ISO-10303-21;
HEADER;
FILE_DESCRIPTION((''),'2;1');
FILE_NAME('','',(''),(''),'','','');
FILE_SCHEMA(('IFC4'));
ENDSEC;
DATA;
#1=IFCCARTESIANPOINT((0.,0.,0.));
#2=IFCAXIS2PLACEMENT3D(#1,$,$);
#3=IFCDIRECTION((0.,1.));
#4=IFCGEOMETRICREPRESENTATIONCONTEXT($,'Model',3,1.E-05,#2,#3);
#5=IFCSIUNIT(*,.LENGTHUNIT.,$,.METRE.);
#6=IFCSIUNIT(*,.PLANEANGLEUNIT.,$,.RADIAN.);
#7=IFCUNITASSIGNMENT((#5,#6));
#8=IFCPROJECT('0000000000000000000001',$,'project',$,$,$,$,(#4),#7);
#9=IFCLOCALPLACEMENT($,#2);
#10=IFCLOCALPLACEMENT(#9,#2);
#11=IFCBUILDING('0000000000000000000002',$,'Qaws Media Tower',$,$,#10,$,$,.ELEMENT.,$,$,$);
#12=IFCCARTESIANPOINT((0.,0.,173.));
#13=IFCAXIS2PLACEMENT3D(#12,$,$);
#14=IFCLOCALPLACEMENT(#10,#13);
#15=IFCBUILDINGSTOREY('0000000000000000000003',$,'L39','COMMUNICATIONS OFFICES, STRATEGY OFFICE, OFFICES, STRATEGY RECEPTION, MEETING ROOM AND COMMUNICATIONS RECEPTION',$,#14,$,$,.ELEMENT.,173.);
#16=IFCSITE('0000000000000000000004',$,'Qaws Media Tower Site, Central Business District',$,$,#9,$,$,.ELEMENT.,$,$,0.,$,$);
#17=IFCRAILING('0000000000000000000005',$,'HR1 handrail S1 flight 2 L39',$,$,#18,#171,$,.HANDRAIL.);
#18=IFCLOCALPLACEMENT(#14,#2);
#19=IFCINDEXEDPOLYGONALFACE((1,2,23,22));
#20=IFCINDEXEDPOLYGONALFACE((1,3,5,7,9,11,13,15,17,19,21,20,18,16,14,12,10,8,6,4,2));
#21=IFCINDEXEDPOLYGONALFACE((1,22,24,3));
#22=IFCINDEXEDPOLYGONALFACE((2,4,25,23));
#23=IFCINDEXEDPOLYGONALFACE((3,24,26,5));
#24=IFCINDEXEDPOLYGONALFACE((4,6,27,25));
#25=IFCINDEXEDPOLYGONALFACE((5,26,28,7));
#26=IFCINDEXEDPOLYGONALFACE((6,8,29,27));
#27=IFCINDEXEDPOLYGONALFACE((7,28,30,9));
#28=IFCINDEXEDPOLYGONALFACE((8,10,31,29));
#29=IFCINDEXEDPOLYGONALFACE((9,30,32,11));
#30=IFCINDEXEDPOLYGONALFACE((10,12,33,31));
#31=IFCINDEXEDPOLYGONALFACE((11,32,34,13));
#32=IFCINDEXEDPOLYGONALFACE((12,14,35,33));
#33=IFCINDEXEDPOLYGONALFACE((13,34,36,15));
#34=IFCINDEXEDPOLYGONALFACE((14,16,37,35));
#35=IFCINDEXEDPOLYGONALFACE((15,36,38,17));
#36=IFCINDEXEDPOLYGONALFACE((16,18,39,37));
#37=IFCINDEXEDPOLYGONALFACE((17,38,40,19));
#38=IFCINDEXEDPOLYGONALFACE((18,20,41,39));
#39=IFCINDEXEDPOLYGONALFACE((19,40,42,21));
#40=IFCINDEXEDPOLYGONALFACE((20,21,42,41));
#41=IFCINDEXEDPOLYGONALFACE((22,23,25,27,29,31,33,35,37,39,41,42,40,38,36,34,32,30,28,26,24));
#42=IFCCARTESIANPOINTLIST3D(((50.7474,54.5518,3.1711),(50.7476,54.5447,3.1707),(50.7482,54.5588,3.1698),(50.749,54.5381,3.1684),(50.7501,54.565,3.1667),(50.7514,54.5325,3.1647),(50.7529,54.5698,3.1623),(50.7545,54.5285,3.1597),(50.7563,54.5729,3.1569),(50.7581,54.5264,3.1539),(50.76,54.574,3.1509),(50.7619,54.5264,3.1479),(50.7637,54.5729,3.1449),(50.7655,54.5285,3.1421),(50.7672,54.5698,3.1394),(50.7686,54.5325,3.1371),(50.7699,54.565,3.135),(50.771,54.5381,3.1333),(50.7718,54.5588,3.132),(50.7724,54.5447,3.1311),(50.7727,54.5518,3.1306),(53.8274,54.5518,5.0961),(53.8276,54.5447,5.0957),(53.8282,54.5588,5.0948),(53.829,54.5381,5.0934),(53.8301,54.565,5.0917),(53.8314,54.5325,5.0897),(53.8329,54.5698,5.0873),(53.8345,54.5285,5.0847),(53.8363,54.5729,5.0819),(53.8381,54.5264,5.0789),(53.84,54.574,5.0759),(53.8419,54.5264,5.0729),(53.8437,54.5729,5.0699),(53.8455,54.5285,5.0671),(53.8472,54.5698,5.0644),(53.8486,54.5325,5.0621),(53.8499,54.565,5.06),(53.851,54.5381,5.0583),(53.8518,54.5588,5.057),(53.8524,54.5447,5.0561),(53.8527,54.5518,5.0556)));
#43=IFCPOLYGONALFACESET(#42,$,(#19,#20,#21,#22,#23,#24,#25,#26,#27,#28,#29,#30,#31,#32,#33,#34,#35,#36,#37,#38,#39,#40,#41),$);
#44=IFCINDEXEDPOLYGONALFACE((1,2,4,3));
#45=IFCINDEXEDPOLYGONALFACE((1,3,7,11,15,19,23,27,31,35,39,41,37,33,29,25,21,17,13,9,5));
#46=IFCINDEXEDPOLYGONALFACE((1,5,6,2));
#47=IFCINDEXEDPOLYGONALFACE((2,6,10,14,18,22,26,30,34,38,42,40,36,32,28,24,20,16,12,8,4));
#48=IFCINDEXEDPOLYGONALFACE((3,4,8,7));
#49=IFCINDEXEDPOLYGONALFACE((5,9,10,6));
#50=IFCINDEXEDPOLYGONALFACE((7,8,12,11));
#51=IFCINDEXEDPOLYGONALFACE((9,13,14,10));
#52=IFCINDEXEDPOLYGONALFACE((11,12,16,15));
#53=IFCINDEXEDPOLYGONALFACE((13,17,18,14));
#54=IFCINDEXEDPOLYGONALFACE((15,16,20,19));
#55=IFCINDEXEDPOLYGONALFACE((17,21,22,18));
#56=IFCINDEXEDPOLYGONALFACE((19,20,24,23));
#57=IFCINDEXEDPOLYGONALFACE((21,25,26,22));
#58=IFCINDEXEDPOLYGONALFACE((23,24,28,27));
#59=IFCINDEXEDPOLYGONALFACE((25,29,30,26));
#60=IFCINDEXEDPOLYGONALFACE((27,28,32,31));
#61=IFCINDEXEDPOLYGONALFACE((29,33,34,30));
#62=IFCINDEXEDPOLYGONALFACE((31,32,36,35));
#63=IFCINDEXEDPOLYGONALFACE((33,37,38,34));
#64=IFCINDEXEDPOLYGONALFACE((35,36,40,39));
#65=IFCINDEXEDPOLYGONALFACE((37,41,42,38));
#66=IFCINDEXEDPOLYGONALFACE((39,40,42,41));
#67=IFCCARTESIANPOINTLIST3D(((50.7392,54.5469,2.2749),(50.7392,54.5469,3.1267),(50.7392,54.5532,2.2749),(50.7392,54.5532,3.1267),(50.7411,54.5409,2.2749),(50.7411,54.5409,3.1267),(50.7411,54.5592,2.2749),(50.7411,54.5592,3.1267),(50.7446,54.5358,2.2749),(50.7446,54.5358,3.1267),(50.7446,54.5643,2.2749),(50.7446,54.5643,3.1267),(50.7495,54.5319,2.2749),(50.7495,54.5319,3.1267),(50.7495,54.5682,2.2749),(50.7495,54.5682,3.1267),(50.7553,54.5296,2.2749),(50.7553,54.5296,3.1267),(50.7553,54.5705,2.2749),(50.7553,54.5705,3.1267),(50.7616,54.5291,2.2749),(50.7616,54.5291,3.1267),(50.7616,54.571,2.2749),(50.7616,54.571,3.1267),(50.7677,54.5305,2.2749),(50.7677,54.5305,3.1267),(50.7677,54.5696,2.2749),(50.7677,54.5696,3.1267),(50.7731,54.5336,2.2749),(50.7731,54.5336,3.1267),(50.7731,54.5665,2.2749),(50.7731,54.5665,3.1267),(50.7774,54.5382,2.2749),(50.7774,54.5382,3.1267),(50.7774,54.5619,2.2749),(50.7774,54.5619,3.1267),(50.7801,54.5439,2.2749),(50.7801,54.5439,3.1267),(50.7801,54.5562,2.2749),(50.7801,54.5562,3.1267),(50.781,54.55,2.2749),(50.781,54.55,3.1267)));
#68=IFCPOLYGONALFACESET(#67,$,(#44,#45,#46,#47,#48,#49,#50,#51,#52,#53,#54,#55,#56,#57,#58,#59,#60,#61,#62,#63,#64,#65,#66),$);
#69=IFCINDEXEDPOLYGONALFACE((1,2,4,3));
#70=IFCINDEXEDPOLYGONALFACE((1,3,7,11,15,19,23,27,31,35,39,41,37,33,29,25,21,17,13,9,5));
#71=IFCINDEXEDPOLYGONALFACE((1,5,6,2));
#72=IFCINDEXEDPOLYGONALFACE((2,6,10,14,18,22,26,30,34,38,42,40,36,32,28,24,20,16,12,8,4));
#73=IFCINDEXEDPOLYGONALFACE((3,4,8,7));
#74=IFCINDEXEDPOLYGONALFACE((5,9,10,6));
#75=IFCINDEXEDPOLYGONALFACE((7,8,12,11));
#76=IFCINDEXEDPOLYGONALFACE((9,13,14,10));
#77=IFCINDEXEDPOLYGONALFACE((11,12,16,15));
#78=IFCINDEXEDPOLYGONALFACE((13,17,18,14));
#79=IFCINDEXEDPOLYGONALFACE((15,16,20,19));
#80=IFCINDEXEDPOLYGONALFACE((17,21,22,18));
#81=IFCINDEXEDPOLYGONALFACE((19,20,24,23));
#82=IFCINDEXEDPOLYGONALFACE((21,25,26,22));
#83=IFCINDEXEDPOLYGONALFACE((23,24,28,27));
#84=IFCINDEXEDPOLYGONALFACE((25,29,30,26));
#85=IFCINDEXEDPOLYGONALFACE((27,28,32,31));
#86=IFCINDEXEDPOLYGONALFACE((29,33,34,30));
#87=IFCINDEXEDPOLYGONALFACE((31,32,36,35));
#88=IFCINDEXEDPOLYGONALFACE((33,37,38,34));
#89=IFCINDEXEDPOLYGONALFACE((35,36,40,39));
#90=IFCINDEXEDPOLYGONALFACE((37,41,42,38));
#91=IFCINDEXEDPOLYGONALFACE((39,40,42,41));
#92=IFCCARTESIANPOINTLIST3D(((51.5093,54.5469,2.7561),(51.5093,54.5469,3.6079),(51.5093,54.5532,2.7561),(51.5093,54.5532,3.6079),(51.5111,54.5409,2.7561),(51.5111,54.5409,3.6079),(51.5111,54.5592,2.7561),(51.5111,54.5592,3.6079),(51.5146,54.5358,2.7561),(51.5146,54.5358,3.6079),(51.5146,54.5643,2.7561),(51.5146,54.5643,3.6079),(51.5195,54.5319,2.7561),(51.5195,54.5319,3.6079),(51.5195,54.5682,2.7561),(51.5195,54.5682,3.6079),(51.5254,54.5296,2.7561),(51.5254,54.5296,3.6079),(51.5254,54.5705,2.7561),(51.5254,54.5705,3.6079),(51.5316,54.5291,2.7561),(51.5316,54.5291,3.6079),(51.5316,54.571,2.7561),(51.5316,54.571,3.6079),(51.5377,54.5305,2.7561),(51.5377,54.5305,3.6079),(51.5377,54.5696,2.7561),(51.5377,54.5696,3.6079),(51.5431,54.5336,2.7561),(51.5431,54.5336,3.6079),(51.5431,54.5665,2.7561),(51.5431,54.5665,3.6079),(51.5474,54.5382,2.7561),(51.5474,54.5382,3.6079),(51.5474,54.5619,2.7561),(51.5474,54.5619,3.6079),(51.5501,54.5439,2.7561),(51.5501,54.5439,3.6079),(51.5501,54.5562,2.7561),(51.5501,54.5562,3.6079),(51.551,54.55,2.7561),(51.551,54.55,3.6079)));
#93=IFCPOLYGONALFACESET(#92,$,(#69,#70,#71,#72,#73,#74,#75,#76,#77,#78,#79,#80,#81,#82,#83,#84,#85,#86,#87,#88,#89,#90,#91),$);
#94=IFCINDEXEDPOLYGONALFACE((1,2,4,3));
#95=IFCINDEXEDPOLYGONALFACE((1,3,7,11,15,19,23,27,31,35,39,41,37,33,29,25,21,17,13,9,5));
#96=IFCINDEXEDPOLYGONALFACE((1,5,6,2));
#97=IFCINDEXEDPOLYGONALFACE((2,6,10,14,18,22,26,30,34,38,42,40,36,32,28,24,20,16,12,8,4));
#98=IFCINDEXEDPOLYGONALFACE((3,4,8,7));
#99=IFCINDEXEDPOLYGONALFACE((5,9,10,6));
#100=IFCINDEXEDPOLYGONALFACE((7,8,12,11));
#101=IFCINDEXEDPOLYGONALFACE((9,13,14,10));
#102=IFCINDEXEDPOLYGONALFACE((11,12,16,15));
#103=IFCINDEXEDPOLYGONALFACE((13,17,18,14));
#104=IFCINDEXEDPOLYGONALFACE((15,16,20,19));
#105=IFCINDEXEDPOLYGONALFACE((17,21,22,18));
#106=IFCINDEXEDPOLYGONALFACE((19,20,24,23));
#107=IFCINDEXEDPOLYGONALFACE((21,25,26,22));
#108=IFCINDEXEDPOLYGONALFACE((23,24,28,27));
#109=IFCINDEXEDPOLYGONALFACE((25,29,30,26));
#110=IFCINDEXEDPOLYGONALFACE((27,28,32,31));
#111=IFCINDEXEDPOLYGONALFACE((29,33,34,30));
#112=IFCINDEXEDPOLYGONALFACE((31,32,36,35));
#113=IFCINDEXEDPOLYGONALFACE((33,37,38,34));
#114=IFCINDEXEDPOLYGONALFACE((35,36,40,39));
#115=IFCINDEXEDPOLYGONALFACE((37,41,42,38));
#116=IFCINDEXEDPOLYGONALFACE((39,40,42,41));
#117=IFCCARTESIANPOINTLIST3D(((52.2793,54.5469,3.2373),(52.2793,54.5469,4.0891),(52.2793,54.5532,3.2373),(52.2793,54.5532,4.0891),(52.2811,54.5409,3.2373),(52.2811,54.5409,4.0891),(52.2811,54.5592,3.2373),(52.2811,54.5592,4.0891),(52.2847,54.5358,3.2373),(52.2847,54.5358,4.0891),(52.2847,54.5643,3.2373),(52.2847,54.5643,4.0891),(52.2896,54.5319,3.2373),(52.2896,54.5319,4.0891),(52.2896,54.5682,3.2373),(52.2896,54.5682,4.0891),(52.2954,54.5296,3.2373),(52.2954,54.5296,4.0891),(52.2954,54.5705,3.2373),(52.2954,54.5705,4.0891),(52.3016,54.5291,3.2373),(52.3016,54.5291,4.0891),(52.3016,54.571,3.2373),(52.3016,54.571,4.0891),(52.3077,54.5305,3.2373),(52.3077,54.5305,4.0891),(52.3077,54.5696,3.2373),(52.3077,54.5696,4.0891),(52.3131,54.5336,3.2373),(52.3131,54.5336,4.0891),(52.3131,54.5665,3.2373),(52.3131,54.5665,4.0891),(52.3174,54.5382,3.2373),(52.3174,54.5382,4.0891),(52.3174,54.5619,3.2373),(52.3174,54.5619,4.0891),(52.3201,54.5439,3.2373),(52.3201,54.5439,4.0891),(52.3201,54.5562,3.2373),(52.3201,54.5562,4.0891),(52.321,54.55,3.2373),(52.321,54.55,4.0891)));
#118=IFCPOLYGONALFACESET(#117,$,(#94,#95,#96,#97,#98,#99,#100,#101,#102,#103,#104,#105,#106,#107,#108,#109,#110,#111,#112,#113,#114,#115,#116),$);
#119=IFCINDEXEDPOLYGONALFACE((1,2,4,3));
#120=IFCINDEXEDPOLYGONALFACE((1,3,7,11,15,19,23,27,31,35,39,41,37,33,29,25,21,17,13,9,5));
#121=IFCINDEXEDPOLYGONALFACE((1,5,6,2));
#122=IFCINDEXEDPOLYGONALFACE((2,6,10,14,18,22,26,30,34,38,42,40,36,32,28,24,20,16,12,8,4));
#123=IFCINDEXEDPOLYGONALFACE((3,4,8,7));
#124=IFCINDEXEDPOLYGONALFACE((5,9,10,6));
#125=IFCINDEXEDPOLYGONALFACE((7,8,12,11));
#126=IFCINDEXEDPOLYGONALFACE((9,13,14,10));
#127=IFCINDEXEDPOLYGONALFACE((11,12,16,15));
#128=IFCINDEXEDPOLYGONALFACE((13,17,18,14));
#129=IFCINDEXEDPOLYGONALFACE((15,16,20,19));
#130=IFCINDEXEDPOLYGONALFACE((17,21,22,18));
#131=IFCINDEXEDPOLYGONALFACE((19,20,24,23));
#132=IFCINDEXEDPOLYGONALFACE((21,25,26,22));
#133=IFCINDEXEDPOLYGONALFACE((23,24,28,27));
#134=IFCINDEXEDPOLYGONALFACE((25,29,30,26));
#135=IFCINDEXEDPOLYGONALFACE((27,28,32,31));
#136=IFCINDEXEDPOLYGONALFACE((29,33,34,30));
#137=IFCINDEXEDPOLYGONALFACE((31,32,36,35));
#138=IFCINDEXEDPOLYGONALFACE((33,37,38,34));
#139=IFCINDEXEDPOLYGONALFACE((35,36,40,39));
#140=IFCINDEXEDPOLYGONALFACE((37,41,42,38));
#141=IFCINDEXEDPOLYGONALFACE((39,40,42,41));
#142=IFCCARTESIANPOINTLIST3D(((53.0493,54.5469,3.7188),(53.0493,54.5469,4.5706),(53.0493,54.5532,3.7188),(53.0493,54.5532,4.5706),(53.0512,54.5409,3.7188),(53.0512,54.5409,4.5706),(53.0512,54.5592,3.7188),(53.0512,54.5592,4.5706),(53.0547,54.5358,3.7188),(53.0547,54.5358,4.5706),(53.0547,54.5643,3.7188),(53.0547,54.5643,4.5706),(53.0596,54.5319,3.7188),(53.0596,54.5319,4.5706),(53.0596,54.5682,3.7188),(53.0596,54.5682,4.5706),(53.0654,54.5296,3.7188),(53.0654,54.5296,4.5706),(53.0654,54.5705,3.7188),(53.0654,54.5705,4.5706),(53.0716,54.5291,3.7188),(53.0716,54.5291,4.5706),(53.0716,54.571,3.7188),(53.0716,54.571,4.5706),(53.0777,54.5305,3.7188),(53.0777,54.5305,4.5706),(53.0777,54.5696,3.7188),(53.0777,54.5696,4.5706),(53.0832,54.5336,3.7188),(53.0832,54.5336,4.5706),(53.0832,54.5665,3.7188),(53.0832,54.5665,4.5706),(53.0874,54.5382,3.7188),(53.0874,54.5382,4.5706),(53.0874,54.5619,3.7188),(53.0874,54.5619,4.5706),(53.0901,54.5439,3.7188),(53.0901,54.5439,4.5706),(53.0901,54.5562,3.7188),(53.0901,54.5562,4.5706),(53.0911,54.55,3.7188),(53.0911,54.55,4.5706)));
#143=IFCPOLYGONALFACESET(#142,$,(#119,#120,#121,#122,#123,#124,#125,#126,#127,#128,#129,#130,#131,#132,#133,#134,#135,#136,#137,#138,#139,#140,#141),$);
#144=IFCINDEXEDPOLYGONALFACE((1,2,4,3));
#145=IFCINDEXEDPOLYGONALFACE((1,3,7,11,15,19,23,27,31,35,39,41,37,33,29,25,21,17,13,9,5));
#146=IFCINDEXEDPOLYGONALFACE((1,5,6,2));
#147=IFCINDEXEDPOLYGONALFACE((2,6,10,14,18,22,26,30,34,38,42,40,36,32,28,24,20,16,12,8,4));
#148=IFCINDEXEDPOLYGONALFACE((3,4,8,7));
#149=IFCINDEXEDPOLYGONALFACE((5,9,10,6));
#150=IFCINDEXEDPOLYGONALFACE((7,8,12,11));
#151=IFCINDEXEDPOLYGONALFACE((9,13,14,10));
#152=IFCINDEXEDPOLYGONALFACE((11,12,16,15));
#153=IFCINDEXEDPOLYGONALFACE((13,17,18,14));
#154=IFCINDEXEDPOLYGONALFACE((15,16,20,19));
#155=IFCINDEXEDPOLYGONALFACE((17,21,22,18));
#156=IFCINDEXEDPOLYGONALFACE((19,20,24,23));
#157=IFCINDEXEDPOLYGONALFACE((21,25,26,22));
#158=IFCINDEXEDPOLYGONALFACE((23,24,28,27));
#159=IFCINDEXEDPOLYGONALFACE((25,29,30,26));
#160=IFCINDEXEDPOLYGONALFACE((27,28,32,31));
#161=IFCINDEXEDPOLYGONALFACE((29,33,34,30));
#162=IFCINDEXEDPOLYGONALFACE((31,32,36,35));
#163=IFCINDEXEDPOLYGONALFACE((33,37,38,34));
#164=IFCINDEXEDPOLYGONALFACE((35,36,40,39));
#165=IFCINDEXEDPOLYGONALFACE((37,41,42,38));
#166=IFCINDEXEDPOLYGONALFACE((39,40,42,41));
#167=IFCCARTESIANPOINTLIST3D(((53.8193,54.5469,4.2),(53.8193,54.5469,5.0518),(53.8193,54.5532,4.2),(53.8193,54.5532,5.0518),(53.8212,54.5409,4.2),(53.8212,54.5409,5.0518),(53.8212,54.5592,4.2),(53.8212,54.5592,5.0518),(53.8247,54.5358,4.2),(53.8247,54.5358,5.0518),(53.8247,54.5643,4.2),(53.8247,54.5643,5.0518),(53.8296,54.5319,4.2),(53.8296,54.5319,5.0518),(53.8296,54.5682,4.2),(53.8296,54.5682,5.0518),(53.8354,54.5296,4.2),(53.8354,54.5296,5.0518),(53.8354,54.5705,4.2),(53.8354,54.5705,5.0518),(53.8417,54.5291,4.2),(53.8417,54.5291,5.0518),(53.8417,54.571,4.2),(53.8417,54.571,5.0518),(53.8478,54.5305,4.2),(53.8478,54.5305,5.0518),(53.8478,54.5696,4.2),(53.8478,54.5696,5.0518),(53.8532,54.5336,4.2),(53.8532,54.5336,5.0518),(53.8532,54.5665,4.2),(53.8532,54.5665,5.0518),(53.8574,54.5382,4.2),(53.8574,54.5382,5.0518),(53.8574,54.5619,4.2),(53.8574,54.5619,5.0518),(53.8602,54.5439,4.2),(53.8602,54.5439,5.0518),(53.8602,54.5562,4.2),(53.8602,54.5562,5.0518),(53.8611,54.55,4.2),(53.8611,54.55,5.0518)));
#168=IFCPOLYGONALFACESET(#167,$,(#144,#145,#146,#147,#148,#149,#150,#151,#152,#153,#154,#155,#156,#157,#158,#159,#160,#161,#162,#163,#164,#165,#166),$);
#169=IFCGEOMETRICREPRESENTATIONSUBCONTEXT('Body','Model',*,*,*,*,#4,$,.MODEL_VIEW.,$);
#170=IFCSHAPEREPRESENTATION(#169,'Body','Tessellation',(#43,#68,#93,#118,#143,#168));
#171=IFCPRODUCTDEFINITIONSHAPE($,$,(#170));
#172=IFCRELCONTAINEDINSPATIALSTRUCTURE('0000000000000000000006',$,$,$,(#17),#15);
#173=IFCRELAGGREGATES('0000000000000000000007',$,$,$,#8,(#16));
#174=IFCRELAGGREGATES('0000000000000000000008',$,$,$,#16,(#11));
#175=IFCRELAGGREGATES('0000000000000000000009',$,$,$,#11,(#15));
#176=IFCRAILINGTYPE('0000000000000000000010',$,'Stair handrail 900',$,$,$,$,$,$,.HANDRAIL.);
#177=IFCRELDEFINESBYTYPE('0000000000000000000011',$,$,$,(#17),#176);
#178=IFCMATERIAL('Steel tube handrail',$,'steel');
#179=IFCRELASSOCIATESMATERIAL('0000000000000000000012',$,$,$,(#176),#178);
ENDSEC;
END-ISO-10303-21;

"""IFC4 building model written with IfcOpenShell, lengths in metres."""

from ifc_helpers import new_model, si_unit, direction, frame, origin, origin_2d, place, context, subcontext, project, spatial, circle, extrude, material, type_object, element, save


model = new_model("IFC4")

# Units and contexts
model_context = context("Model", 3, precision=1e-05, world=origin(), true_north=direction((0.0, 1.0)))
body_context = subcontext(model_context, "Body", "Model", "MODEL_VIEW")
ifc_project = project(units=[si_unit("LENGTHUNIT", "METRE"), si_unit("PLANEANGLEUNIT", "RADIAN")], contexts=[model_context])

# Site, building, storey
site_placement = place(None, origin())
site = spatial("IfcSite", under=ifc_project, at=site_placement, Name="Qaws Media Tower Site, Central Business District", CompositionType="ELEMENT", RefElevation=0.0)
building_placement = place(site_placement, origin())
building = spatial("IfcBuilding", under=site, at=building_placement, Name="Qaws Media Tower", CompositionType="ELEMENT")
storey_placement = place(building_placement, frame((0.0, 0.0, 173.0)))
storey = spatial("IfcBuildingStorey", under=building, at=storey_placement, Name="L39", Description="COMMUNICATIONS OFFICES, STRATEGY OFFICE, OFFICES, STRATEGY RECEPTION, MEETING ROOM AND COMMUNICATIONS RECEPTION", CompositionType="ELEMENT", Elevation=173.0)

# Railing
ifc_material_1 = material(Name="Steel tube handrail", Category="steel")
railing_type = type_object("IfcRailingType", Name="Stair handrail 900", PredefinedType="HANDRAIL", material=ifc_material_1)
for number, where, name in (
    (1, (50.76, 54.55, 2.2749), "HR1 handrail S1 flight 2 L39"),
):
    element("IfcRailing", number, at=place(storey_placement, frame(where)), inside=storey, type_object=railing_type, Name=name, PredefinedType="HANDRAIL", context=body_context, shape_type="SweptSolid", body=[
        extrude(circle(Radius=0.0239, at=origin_2d()), frame((0.0, 0.0, 0.876), z_axis=(0.847998, 0.0, 0.529999), x_axis=(0.0, 1.0, 0.0)), (0.0, 0.0, 1.0), 3.6321),
        extrude(circle(Radius=0.021, at=origin_2d()), origin(), (0.0, 0.0, 1.0), 0.8518),
        extrude(circle(Radius=0.021, at=origin_2d()), frame((0.77, 0.0, 0.4812)), (0.0, 0.0, 1.0), 0.8518),
        extrude(circle(Radius=0.021, at=origin_2d()), frame((1.54, 0.0, 0.9624)), (0.0, 0.0, 1.0), 0.8518),
        extrude(circle(Radius=0.021, at=origin_2d()), frame((2.3101, 0.0, 1.4438)), (0.0, 0.0, 1.0), 0.8518),
        extrude(circle(Radius=0.021, at=origin_2d()), frame((3.0801, 0.0, 1.925)), (0.0, 0.0, 1.0), 0.8518),
    ])

save(model, "model.ifc")
